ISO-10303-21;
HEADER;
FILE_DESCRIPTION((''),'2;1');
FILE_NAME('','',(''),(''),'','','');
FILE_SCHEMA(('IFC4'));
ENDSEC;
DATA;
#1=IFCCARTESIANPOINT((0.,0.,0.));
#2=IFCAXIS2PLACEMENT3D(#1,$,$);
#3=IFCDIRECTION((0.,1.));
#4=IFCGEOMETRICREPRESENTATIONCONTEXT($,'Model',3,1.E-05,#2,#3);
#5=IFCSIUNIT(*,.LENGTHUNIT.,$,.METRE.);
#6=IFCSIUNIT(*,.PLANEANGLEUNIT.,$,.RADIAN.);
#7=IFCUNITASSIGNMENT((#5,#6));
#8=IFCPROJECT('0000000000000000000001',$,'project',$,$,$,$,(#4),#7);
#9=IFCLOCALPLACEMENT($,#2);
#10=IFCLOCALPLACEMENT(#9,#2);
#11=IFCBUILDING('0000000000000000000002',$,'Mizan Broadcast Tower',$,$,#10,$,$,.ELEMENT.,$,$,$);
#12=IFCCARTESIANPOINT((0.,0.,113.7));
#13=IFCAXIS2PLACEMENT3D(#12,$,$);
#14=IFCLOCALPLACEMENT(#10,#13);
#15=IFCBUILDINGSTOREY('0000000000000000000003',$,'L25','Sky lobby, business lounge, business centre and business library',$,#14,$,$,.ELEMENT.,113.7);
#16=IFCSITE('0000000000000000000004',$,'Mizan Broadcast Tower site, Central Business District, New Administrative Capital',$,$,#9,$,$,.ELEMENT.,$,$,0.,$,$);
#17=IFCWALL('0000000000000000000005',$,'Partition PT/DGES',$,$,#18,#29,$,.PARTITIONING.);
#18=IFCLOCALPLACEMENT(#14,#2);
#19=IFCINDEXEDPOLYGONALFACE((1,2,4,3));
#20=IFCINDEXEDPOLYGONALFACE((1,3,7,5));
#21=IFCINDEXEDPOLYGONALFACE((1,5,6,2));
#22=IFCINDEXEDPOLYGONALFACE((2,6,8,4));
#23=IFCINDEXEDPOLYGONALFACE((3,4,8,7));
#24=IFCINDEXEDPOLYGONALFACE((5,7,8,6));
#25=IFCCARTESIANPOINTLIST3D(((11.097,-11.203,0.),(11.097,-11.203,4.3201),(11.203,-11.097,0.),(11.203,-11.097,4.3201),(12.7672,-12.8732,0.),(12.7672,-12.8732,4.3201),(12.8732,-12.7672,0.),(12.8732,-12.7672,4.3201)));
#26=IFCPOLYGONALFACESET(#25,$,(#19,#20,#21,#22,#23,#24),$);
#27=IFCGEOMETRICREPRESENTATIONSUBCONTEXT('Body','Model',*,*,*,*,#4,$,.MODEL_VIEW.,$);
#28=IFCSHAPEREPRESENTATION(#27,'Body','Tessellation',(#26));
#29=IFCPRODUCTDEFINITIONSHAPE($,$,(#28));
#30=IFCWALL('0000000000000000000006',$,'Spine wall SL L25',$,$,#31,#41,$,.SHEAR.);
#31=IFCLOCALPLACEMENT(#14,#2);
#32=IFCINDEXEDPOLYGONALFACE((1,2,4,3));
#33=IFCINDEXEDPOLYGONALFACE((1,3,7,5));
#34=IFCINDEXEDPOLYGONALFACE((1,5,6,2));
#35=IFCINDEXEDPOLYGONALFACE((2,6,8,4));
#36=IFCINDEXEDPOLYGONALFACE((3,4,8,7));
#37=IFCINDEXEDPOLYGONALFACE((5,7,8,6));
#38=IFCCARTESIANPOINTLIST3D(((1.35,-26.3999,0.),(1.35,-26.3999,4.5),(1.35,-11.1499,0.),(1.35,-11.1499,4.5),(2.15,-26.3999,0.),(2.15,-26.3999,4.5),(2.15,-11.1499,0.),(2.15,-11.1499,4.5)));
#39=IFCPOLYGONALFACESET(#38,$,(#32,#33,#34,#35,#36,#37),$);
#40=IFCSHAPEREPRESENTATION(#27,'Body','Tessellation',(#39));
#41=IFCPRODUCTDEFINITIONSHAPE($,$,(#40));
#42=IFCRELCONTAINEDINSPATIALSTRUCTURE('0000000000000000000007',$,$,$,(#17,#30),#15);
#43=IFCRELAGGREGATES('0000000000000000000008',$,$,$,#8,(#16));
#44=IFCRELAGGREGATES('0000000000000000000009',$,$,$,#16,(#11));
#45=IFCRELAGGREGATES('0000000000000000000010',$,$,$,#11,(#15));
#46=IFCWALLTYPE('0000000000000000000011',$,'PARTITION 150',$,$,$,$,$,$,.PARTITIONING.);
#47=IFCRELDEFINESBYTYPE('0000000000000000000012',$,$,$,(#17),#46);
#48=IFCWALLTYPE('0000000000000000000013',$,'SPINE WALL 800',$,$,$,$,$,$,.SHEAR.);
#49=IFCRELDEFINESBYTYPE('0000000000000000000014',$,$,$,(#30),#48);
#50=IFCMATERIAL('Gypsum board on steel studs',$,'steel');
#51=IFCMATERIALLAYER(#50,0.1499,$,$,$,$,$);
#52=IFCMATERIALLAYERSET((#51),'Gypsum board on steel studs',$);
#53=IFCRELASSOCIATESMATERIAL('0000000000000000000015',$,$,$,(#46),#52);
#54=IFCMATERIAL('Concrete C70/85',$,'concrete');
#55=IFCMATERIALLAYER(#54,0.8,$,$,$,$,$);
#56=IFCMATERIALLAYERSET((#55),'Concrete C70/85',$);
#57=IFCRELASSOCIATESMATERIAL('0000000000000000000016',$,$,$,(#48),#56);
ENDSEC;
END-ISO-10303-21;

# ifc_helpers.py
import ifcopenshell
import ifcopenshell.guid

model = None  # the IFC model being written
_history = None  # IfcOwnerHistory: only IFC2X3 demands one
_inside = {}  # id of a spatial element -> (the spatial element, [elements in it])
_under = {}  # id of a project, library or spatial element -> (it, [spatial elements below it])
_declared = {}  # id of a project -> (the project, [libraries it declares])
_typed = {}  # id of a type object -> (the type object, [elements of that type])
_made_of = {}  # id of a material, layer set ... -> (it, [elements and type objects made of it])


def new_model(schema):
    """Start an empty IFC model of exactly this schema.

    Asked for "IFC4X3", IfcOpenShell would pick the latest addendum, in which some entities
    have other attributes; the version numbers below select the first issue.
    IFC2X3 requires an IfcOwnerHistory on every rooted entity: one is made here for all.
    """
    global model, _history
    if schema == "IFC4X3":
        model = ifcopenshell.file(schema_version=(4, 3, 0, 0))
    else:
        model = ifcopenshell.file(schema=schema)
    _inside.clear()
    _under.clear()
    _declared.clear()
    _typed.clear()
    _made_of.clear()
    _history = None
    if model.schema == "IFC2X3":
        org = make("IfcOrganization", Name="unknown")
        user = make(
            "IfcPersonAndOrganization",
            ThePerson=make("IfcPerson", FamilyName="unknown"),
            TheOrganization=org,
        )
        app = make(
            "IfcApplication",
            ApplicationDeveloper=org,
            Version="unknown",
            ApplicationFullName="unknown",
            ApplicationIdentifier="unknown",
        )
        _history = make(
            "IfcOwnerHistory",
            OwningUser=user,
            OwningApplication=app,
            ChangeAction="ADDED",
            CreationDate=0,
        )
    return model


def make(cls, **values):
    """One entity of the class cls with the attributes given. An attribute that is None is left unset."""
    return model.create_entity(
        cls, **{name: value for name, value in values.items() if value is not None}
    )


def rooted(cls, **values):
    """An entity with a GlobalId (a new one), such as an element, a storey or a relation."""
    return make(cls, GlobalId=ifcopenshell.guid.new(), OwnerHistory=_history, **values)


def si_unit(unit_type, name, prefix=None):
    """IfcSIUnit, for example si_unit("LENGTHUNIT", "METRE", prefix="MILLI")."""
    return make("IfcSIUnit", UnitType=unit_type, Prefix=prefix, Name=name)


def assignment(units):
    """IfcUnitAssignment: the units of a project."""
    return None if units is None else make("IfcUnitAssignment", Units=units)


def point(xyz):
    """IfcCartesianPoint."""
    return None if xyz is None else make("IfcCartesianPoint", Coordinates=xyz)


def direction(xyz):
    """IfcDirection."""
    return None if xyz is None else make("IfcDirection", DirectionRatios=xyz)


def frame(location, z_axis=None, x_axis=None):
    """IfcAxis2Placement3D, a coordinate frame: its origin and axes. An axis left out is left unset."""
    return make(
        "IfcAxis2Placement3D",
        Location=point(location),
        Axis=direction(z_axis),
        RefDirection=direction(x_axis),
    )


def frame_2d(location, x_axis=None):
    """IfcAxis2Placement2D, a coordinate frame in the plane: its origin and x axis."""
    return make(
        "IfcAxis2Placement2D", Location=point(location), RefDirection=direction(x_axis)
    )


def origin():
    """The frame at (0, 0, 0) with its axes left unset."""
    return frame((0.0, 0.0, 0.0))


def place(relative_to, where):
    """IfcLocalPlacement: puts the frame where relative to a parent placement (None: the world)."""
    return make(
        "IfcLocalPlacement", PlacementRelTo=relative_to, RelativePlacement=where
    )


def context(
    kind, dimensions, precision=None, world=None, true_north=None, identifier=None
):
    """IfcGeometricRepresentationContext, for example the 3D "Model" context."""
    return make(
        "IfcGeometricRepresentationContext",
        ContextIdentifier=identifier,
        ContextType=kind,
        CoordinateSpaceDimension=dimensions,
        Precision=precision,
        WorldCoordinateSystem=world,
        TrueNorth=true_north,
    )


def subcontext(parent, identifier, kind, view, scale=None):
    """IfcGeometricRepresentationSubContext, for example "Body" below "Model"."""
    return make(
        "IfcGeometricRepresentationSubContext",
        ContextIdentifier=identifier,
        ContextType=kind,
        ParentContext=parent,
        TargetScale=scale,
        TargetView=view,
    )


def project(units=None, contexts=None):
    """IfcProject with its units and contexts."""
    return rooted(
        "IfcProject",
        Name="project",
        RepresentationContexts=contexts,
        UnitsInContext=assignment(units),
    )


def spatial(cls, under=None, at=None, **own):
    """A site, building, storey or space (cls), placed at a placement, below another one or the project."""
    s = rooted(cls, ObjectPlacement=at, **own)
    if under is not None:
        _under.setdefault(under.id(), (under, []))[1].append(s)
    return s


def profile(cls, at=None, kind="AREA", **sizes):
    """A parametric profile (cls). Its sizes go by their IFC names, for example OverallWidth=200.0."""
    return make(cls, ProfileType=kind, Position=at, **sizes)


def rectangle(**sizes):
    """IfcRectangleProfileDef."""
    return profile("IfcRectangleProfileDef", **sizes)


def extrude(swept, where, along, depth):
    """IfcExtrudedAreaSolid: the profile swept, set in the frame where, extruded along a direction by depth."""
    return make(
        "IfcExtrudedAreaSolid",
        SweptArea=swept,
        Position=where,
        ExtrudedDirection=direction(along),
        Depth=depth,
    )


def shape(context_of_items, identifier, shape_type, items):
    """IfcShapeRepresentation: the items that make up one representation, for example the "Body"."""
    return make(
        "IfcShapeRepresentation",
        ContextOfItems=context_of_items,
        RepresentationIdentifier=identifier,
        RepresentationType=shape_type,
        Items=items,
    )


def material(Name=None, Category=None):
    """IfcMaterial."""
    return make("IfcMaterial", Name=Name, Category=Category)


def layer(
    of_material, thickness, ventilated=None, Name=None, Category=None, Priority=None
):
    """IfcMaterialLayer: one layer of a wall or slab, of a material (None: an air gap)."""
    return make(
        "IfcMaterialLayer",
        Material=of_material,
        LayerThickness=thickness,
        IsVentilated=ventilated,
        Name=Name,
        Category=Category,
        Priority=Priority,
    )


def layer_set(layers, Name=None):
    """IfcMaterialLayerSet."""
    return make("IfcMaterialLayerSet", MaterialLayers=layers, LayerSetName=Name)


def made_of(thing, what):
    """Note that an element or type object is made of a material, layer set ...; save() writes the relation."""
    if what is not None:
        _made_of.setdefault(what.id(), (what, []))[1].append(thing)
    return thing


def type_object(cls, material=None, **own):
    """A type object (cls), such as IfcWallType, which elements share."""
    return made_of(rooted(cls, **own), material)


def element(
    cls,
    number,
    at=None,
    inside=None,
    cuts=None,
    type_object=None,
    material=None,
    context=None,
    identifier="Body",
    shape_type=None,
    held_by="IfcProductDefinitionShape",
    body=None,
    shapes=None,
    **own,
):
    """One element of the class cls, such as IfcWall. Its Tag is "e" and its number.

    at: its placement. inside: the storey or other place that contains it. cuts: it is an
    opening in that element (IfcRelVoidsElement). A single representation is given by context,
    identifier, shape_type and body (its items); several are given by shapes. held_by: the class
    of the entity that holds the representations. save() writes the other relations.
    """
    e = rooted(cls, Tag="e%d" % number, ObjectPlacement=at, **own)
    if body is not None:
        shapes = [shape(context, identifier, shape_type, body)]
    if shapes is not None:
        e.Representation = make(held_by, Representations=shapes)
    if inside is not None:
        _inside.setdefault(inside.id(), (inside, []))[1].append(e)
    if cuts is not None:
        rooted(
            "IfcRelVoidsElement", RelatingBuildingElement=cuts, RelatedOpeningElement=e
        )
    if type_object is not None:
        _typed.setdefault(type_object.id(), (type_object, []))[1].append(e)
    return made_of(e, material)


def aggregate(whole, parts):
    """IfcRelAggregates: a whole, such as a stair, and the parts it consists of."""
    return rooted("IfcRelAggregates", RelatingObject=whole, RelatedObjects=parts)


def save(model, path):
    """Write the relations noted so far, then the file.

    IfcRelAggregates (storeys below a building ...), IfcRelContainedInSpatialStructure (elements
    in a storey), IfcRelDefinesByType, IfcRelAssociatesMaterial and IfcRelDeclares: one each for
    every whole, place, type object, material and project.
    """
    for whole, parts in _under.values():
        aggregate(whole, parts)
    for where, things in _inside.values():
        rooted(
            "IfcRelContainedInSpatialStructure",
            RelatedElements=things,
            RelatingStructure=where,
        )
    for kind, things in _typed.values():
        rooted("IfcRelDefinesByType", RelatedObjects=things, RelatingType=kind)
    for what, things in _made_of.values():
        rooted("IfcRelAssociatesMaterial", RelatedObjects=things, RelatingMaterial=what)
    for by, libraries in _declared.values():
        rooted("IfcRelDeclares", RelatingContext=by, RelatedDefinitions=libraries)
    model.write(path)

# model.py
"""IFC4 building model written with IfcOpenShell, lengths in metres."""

from ifc_helpers import new_model, si_unit, direction, frame, frame_2d, origin, place, context, subcontext, project, spatial, rectangle, extrude, material, layer, layer_set, type_object, element, save


model = new_model("IFC4")

# Units and contexts
model_context = context("Model", 3, precision=1e-05, world=origin(), true_north=direction((0.0, 1.0)))
body_context = subcontext(model_context, "Body", "Model", "MODEL_VIEW")
ifc_project = project(units=[si_unit("LENGTHUNIT", "METRE"), si_unit("PLANEANGLEUNIT", "RADIAN")], contexts=[model_context])

# Site, building, storey
site_placement = place(None, origin())
site = spatial("IfcSite", under=ifc_project, at=site_placement, Name="Mizan Broadcast Tower site, Central Business District, New Administrative Capital", CompositionType="ELEMENT", RefElevation=0.0)
building_placement = place(site_placement, origin())
building = spatial("IfcBuilding", under=site, at=building_placement, Name="Mizan Broadcast Tower", CompositionType="ELEMENT")
storey_placement = place(building_placement, frame((0.0, 0.0, 113.7)))
storey = spatial("IfcBuildingStorey", under=building, at=storey_placement, Name="L25", Description="Sky lobby, business lounge, business centre and business library", CompositionType="ELEMENT", Elevation=113.7)

# Walls
ifc_material_1 = material(Name="Gypsum board on steel studs", Category="steel")
ifc_layer_1 = layer(ifc_material_1, 0.1499)
ifc_layer_set_1 = layer_set([ifc_layer_1], Name="Gypsum board on steel studs")
wall_type_1 = type_object("IfcWallType", Name="PARTITION 150", PredefinedType="PARTITIONING", material=ifc_layer_set_1)
wall_1_placement = place(storey_placement, frame((11.1499, -11.1499, 0.0), z_axis=(0.0, 0.0, 1.0), x_axis=(0.707107, -0.707107, 0.0)))
element("IfcWall", 1, at=wall_1_placement, inside=storey, type_object=wall_type_1, Name="Partition PT/DGES", PredefinedType="PARTITIONING", context=body_context, shape_type="SweptSolid", body=[
    extrude(rectangle(XDim=2.3621, YDim=0.1499, at=frame_2d((1.1812, 0.0))), origin(), (0.0, 0.0, 1.0), 4.3201),
])
ifc_material_2 = material(Name="Concrete C70/85", Category="concrete")
ifc_layer_2 = layer(ifc_material_2, 0.8)
ifc_layer_set_2 = layer_set([ifc_layer_2], Name="Concrete C70/85")
wall_type_2 = type_object("IfcWallType", Name="SPINE WALL 800", PredefinedType="SHEAR", material=ifc_layer_set_2)
wall_2_placement = place(storey_placement, frame((1.75, -11.1499, 0.0), z_axis=(0.0, 0.0, 1.0), x_axis=(0.0, -1.0, 0.0)))
element("IfcWall", 2, at=wall_2_placement, inside=storey, type_object=wall_type_2, Name="Spine wall SL L25", PredefinedType="SHEAR", context=body_context, shape_type="SweptSolid", body=[
    extrude(rectangle(XDim=15.25, YDim=0.8, at=frame_2d((7.625, 0.0))), origin(), (0.0, 0.0, 1.0), 4.5),
])

save(model, "model.ifc")
